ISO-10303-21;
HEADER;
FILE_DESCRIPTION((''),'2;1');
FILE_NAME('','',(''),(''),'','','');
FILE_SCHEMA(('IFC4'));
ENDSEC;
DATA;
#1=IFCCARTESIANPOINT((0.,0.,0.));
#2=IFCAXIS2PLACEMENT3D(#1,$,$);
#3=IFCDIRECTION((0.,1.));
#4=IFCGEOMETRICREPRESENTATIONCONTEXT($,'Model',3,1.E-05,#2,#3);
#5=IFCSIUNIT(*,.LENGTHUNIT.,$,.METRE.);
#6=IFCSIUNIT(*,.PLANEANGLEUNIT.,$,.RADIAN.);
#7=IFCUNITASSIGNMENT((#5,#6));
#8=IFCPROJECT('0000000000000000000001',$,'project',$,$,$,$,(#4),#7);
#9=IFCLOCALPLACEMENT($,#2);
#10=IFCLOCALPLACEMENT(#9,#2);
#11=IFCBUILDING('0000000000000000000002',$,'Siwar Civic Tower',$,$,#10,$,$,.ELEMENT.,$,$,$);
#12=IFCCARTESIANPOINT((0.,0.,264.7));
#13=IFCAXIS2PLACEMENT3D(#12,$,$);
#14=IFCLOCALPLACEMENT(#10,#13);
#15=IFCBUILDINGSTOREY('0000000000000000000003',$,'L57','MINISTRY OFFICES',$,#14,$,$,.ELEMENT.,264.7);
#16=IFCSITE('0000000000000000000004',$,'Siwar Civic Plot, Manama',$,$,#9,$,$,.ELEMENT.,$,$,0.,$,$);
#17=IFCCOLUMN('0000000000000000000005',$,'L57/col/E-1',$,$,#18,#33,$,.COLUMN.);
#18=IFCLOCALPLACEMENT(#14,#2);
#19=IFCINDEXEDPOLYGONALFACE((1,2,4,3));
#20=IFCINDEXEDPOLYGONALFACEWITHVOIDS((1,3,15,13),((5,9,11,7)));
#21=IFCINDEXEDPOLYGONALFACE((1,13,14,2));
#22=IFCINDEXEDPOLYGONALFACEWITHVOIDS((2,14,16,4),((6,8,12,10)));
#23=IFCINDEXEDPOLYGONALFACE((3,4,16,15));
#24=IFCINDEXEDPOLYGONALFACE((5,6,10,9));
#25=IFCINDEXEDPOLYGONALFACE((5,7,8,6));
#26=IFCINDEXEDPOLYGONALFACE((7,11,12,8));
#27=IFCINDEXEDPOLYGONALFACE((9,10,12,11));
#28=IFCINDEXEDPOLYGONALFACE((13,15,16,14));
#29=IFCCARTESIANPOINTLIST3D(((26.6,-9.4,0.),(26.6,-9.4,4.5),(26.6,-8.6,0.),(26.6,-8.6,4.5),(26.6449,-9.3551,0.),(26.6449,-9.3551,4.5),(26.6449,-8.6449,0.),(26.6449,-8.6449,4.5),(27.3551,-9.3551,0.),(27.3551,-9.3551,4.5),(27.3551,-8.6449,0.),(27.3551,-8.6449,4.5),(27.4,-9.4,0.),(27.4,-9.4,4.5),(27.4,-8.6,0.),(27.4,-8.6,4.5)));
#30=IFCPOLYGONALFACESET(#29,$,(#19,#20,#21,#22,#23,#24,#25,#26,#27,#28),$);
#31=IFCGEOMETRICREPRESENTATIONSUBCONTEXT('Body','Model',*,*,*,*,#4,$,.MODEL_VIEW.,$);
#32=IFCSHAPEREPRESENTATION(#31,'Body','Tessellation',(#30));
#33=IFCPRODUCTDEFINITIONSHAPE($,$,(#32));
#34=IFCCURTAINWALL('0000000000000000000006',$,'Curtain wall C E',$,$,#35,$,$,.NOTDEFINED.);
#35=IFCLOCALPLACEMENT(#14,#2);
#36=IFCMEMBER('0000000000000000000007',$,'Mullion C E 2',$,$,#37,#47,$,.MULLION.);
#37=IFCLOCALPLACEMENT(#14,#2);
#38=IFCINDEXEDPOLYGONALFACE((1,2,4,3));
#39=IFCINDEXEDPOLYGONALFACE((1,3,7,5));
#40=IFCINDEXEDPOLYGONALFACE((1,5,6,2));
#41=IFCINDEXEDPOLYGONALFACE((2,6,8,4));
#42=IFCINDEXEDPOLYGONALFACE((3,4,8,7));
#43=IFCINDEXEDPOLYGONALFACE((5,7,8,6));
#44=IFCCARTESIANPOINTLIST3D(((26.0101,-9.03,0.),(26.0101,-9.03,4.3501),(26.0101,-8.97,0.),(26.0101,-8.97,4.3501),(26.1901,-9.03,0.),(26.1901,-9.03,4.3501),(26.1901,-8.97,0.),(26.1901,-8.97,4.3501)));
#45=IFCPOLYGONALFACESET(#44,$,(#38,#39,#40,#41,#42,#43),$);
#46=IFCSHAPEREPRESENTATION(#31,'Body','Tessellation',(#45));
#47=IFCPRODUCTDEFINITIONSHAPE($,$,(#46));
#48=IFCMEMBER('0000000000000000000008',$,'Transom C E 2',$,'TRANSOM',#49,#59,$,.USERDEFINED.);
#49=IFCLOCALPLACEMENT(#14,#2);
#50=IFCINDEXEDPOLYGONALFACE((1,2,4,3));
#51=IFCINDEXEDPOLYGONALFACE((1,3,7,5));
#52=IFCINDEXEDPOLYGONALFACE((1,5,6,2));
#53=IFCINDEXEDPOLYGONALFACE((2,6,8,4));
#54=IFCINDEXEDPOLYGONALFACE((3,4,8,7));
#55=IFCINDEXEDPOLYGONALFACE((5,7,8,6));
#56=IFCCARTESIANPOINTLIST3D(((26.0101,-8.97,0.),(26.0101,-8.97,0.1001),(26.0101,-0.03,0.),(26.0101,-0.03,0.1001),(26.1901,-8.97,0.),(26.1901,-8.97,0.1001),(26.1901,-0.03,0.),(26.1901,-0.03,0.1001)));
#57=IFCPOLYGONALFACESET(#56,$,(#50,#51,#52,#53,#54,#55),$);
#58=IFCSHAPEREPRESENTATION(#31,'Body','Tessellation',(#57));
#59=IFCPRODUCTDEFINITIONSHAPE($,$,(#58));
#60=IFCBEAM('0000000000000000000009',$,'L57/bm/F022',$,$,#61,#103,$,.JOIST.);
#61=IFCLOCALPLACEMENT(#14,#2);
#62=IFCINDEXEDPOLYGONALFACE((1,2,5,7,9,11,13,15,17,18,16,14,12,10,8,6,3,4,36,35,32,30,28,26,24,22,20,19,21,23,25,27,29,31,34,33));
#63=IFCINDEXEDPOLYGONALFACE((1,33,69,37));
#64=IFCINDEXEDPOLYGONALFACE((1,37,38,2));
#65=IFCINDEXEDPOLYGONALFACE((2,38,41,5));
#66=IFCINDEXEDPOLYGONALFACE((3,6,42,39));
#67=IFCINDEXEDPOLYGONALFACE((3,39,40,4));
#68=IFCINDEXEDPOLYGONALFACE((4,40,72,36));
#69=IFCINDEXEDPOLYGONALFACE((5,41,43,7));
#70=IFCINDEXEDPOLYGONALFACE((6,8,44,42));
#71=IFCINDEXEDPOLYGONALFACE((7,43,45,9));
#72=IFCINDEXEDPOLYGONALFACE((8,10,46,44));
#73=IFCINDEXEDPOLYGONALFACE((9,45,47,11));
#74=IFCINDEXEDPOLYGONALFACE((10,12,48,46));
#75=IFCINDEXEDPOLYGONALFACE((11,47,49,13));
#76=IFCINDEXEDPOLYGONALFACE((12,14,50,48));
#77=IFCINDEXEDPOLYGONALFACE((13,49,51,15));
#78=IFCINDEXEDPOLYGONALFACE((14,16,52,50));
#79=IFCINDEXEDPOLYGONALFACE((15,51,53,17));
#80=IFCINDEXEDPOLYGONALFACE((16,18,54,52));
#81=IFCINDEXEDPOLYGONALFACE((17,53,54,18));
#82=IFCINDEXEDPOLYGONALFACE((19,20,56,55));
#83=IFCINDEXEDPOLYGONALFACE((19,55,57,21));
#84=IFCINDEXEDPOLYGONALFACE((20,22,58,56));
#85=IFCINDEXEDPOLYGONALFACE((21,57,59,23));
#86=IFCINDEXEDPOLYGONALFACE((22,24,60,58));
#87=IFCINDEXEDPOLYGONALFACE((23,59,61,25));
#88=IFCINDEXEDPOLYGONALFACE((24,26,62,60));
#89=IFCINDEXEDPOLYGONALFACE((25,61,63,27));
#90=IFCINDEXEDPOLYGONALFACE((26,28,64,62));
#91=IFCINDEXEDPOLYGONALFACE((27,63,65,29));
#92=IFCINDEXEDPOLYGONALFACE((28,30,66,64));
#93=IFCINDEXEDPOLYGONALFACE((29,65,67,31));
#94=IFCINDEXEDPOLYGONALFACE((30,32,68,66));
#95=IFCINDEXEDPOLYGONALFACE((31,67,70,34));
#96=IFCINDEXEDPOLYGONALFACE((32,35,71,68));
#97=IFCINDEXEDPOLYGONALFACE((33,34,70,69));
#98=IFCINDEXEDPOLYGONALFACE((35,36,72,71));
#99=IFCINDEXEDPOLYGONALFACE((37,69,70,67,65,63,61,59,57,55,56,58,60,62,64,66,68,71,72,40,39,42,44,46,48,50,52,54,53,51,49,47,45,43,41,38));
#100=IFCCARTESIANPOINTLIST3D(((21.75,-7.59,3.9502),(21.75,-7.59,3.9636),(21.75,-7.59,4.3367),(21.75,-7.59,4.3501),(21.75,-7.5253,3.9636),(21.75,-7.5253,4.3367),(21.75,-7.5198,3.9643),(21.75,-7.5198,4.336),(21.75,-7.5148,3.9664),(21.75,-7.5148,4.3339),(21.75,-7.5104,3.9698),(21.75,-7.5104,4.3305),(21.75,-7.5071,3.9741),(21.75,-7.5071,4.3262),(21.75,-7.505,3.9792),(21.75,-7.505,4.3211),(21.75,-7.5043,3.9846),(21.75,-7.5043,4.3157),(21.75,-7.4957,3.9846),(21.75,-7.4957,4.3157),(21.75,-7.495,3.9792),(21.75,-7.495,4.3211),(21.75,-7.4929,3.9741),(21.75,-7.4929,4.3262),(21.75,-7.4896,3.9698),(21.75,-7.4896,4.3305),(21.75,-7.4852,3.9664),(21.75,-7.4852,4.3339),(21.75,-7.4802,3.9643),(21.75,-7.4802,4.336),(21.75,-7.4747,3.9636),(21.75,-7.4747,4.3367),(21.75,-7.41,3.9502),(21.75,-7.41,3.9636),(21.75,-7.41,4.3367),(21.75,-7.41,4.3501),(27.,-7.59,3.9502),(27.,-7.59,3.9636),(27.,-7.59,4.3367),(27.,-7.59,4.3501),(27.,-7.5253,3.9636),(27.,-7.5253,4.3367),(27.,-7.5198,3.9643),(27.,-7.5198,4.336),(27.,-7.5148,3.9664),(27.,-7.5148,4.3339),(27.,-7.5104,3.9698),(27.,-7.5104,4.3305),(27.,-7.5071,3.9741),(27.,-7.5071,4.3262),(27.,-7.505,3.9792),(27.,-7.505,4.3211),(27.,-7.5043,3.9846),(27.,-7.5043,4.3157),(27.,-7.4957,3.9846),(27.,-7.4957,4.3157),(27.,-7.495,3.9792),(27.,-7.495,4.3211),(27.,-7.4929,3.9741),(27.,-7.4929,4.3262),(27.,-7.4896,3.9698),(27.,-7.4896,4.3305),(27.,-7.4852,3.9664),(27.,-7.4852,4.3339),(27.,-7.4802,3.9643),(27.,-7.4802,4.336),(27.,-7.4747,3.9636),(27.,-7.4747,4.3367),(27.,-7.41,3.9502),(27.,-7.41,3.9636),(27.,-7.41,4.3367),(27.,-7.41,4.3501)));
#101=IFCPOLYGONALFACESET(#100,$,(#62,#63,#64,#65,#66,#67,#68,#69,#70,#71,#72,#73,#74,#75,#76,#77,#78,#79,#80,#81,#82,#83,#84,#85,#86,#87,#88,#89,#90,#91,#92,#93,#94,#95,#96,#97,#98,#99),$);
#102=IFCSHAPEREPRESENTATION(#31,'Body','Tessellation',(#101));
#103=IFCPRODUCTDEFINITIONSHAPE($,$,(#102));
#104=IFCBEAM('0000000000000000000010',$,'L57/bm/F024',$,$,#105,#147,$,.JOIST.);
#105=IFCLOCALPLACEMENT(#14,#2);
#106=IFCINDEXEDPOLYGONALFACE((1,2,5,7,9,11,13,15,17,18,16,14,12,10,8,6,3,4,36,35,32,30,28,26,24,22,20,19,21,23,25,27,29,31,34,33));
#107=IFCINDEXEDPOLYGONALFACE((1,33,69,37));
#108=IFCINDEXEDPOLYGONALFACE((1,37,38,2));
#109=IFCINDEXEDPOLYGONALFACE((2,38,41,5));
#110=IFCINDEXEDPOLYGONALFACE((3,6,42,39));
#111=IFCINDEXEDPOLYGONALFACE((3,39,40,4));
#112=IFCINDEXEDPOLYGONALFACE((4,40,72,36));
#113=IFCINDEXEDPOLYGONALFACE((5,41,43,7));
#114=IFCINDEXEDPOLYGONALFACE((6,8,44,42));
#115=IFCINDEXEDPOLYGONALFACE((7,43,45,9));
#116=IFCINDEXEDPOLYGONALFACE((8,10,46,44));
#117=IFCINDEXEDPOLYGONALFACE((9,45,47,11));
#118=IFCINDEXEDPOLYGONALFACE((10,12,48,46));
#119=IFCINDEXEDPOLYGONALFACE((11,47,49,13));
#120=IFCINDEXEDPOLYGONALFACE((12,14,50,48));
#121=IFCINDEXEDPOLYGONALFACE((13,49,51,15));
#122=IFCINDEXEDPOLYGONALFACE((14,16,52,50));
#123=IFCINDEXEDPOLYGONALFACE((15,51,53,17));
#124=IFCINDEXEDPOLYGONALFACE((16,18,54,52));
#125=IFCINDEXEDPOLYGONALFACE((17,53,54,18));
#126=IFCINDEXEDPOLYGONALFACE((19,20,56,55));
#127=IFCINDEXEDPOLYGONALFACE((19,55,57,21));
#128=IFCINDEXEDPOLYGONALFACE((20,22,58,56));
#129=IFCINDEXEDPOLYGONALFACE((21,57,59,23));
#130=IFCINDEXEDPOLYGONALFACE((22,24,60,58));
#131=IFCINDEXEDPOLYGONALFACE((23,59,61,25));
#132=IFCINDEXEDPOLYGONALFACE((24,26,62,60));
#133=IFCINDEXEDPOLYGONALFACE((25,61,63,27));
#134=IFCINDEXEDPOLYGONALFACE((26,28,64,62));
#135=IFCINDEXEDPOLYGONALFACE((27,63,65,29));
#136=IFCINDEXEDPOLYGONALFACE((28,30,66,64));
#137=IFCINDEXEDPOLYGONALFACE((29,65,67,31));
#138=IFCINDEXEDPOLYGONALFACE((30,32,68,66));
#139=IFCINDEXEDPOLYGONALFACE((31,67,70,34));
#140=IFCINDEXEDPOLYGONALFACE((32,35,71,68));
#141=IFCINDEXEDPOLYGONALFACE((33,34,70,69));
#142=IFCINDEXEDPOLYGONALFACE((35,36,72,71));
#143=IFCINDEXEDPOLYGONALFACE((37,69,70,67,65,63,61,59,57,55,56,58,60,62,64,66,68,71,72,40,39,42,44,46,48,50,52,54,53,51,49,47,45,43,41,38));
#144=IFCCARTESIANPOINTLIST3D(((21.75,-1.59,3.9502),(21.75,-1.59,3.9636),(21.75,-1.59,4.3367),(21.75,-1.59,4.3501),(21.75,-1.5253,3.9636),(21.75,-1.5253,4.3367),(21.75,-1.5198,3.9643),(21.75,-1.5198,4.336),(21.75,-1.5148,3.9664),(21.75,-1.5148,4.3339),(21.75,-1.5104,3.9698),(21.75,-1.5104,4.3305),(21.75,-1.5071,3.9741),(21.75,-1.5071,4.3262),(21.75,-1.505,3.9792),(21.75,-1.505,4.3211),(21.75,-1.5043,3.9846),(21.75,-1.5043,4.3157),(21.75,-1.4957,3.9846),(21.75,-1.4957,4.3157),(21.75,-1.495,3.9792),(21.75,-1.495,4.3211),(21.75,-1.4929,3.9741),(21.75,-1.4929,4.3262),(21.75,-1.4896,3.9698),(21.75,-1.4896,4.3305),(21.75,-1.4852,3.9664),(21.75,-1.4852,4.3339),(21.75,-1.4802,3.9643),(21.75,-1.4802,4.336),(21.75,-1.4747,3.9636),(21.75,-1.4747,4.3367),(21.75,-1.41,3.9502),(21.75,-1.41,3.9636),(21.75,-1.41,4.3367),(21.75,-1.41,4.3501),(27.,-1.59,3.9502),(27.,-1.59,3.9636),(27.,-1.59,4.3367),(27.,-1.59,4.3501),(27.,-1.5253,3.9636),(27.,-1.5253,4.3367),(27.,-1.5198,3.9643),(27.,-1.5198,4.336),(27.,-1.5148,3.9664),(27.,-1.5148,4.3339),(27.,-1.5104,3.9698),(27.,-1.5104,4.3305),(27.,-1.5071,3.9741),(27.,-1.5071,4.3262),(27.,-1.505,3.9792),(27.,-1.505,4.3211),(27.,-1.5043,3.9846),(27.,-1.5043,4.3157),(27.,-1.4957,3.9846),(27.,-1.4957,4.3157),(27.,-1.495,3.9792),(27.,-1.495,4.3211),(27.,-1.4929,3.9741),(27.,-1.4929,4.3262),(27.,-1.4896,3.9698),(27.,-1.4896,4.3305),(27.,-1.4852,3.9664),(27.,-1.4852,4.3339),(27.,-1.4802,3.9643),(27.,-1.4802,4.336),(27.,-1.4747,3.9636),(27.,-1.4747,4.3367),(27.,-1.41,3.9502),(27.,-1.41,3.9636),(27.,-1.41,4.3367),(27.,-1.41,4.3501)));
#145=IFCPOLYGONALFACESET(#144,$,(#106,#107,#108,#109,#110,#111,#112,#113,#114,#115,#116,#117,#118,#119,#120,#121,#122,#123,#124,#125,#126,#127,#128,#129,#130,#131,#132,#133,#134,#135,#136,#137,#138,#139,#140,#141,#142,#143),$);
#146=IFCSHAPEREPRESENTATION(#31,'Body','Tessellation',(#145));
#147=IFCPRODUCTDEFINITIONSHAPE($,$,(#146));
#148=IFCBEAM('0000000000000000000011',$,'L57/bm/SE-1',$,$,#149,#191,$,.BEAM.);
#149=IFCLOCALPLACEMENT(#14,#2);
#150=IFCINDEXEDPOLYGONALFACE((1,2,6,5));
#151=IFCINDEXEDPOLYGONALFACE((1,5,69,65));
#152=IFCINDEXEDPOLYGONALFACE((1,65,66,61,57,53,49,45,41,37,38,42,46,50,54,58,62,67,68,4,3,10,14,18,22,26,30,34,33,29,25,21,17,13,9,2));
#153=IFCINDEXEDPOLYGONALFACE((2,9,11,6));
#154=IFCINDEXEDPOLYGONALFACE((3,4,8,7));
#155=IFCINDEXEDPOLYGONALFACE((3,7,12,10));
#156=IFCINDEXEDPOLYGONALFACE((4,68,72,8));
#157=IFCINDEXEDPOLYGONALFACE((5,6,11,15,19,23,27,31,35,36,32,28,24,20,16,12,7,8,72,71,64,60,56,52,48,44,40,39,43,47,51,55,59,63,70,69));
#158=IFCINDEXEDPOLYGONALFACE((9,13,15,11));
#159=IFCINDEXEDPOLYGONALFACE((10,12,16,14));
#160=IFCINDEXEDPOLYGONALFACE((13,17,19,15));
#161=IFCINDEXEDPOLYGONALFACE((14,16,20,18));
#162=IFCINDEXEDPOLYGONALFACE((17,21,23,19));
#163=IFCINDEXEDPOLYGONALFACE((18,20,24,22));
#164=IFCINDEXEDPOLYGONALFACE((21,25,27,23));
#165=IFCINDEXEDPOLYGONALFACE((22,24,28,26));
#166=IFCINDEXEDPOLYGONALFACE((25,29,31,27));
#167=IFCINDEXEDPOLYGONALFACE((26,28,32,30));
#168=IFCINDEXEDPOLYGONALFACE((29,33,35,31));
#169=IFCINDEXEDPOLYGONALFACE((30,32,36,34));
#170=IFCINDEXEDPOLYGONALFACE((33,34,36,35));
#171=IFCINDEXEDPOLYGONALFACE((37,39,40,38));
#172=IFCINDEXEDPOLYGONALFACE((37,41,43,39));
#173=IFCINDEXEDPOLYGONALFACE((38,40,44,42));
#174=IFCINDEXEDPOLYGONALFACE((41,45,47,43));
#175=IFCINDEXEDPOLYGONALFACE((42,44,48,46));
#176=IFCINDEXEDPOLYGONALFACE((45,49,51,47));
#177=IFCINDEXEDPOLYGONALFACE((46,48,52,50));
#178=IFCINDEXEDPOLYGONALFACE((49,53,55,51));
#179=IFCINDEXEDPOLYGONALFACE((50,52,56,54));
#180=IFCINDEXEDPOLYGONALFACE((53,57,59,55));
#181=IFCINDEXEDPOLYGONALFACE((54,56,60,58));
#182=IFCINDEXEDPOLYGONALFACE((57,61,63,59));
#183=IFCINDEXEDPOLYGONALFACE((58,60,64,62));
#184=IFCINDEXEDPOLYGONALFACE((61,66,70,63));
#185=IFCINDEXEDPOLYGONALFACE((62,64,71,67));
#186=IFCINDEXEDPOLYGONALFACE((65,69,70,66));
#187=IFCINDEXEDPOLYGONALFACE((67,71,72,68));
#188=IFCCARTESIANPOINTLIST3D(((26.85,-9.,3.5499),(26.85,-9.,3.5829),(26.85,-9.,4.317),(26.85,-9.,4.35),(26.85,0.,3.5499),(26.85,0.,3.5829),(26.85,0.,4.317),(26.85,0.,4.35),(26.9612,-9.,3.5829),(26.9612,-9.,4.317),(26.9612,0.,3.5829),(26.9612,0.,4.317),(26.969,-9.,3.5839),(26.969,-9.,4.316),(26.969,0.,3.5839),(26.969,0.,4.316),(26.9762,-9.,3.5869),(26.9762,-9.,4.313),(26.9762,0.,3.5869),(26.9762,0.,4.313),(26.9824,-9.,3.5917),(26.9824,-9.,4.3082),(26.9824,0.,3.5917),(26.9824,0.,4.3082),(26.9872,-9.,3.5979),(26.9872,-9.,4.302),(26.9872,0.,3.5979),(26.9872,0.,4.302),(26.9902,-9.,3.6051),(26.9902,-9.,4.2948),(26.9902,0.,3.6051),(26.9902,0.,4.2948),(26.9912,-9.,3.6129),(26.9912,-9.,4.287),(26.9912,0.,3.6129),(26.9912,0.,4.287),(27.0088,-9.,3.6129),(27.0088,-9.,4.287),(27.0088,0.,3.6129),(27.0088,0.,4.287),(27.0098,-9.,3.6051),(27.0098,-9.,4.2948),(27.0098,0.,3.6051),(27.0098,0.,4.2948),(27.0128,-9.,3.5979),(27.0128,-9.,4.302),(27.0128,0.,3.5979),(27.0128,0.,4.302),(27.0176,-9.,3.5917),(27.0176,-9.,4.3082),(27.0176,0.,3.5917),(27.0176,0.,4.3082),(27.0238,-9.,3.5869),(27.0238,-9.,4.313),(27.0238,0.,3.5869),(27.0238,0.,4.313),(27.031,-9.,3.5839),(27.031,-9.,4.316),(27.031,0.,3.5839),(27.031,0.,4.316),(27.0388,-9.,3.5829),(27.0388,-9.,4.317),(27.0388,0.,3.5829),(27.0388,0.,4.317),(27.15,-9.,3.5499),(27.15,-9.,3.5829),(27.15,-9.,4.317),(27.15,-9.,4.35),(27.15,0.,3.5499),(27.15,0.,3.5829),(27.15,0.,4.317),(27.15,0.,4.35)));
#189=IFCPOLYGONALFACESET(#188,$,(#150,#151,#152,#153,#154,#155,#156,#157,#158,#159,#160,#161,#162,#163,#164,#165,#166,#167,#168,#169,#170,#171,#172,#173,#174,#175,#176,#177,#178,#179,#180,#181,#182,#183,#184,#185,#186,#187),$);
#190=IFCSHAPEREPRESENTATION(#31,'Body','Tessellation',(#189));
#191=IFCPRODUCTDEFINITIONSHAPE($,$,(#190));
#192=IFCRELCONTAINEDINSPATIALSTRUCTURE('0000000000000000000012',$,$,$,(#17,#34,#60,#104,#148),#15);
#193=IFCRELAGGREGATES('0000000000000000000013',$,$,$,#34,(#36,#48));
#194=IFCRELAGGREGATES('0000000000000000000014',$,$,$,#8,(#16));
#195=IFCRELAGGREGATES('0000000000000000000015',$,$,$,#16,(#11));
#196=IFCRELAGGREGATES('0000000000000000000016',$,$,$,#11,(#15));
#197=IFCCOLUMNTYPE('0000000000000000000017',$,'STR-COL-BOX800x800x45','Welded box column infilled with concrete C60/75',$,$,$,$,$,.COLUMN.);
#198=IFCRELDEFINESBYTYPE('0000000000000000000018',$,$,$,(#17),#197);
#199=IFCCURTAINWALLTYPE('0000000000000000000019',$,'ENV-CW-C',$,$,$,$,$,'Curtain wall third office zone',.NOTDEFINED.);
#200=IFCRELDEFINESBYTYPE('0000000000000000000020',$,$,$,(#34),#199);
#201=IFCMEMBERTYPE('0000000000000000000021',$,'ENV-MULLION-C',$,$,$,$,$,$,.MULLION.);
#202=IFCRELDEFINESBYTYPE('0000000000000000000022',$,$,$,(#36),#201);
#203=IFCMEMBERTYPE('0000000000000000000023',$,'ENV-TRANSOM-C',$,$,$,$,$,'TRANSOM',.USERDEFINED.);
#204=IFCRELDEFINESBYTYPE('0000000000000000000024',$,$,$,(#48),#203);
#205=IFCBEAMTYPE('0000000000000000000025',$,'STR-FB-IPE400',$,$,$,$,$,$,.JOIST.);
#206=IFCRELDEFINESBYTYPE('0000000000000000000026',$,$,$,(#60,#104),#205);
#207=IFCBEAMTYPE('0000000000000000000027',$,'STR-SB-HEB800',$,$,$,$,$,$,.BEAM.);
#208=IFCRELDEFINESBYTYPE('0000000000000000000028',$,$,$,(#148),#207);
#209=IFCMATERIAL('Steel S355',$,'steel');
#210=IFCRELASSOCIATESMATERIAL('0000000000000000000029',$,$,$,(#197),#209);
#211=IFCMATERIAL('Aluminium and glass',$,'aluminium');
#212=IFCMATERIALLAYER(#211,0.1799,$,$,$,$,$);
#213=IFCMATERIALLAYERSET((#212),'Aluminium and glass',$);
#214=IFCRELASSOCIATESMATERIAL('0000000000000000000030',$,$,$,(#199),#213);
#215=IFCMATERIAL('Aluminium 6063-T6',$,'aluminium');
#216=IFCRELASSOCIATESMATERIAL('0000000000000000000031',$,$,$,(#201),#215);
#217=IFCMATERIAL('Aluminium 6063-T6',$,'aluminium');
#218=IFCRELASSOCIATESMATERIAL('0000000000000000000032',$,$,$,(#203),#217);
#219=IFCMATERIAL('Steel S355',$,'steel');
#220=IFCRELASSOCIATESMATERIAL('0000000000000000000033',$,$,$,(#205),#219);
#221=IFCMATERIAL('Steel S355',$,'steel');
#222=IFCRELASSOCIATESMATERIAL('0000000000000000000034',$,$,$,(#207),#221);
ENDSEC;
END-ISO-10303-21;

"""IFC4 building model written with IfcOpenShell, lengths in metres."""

from ifc_helpers import new_model, si_unit, direction, frame, origin, origin_2d, place, context, subcontext, project, spatial, rectangle, hollow_rectangle, i_section, extrude, material, layer, layer_set, material_profile, profile_set, type_object, element, aggregate, save


model = new_model("IFC4")

# Units and contexts
model_context = context("Model", 3, precision=1e-05, world=origin(), true_north=direction((0.0, 1.0)))
body_context = subcontext(model_context, "Body", "Model", "MODEL_VIEW")
ifc_project = project(units=[si_unit("LENGTHUNIT", "METRE"), si_unit("PLANEANGLEUNIT", "RADIAN")], contexts=[model_context])

# Site, building, storey
site_placement = place(None, origin())
site = spatial("IfcSite", under=ifc_project, at=site_placement, Name="Siwar Civic Plot, Manama", CompositionType="ELEMENT", RefElevation=0.0)
building_placement = place(site_placement, origin())
building = spatial("IfcBuilding", under=site, at=building_placement, Name="Siwar Civic Tower", CompositionType="ELEMENT")
storey_placement = place(building_placement, frame((0.0, 0.0, 264.7)))
storey = spatial("IfcBuildingStorey", under=building, at=storey_placement, Name="L57", Description="MINISTRY OFFICES", CompositionType="ELEMENT", Elevation=264.7)

# Column
ifc_material_1 = material(Name="Steel S355", Category="steel")
ifc_material_profile_1 = material_profile(ifc_material_1, hollow_rectangle(XDim=0.8, YDim=0.8, WallThickness=0.0449, at=origin_2d()), Name="BOX800x800x45")
ifc_profile_set_1 = profile_set([ifc_material_profile_1], Name="Steel S355")
column_type = type_object("IfcColumnType", Name="STR-COL-BOX800x800x45", Description="Welded box column infilled with concrete C60/75", PredefinedType="COLUMN", material=ifc_profile_set_1)
column_placement = place(storey_placement, frame((27.0, -9.0, 0.0), z_axis=(0.0, 0.0, 1.0), x_axis=(1.0, 0.0, 0.0)))
element("IfcColumn", 1, at=column_placement, inside=storey, type_object=column_type, Name="L57/col/E-1", PredefinedType="COLUMN", context=body_context, shape_type="SweptSolid", body=[
    extrude(hollow_rectangle(XDim=0.8, YDim=0.8, WallThickness=0.0449, at=origin_2d()), origin(), (0.0, 0.0, 1.0), 4.5),
])

# Curtain wall, members
ifc_material_2 = material(Name="Aluminium and glass", Category="aluminium")
ifc_layer_1 = layer(ifc_material_2, 0.1799)
ifc_layer_set_1 = layer_set([ifc_layer_1], Name="Aluminium and glass")
curtain_wall_type = type_object("IfcCurtainWallType", Name="ENV-CW-C", ElementType="Curtain wall third office zone", PredefinedType="NOTDEFINED", material=ifc_layer_set_1)
curtain_wall_placement = place(storey_placement, origin())
curtain_wall = element("IfcCurtainWall", 2, at=curtain_wall_placement, inside=storey, type_object=curtain_wall_type, Name="Curtain wall C E", PredefinedType="NOTDEFINED")
ifc_material_3 = material(Name="Aluminium 6063-T6", Category="aluminium")
ifc_material_profile_2 = material_profile(ifc_material_3, rectangle(XDim=0.1799, YDim=0.0601, at=origin_2d()), Name="AL 180x60")
ifc_profile_set_2 = profile_set([ifc_material_profile_2], Name="Aluminium 6063-T6")
member_type_1 = type_object("IfcMemberType", Name="ENV-MULLION-C", PredefinedType="MULLION", material=ifc_profile_set_2)
member_1_placement = place(storey_placement, frame((26.1001, -9.0, 0.0), z_axis=(0.0, 0.0, 1.0), x_axis=(-1.0, 0.0, 0.0)))
member_1 = element("IfcMember", 3, at=member_1_placement, type_object=member_type_1, Name="Mullion C E 2", PredefinedType="MULLION", context=body_context, shape_type="SweptSolid", body=[
    extrude(rectangle(XDim=0.1799, YDim=0.0601, at=origin_2d()), origin(), (0.0, 0.0, 1.0), 4.3501),
])
ifc_material_4 = material(Name="Aluminium 6063-T6", Category="aluminium")
ifc_material_profile_3 = material_profile(ifc_material_4, rectangle(XDim=0.1799, YDim=0.1001, at=origin_2d()), Name="AL 180x100")
ifc_profile_set_3 = profile_set([ifc_material_profile_3], Name="Aluminium 6063-T6")
member_type_2 = type_object("IfcMemberType", Name="ENV-TRANSOM-C", ElementType="TRANSOM", PredefinedType="USERDEFINED", material=ifc_profile_set_3)
member_2_placement = place(storey_placement, frame((26.1001, -8.97, 0.05), z_axis=(0.0, 1.0, 0.0), x_axis=(-1.0, 0.0, 0.0)))
member_2 = element("IfcMember", 4, at=member_2_placement, type_object=member_type_2, Name="Transom C E 2", ObjectType="TRANSOM", PredefinedType="USERDEFINED", context=body_context, shape_type="SweptSolid", body=[
    extrude(rectangle(XDim=0.1799, YDim=0.1001, at=origin_2d()), origin(), (0.0, 0.0, 1.0), 8.9399),
])

# Beams
ifc_material_5 = material(Name="Steel S355", Category="steel")
ifc_material_profile_4 = material_profile(ifc_material_5, i_section(OverallWidth=0.1799, OverallDepth=0.3999, WebThickness=0.0085, FlangeThickness=0.0134, FilletRadius=0.021, at=origin_2d()), Name="IPE400")
ifc_profile_set_4 = profile_set([ifc_material_profile_4], Name="Steel S355")
beam_type_1 = type_object("IfcBeamType", Name="STR-FB-IPE400", PredefinedType="JOIST", material=ifc_profile_set_4)
for number, where, z_axis, x_axis, name in (
    (5, (21.75, -7.5, 4.1501), (1.0, 0.0, 0.0), (0.0, 1.0, 0.0), "L57/bm/F022"),
    (6, (21.75, -1.5, 4.1501), (1.0, 0.0, 0.0), (0.0, 1.0, 0.0), "L57/bm/F024"),
):
    element("IfcBeam", number, at=place(storey_placement, frame(where, z_axis=z_axis, x_axis=x_axis)), inside=storey, type_object=beam_type_1, Name=name, PredefinedType="JOIST", context=body_context, shape_type="SweptSolid", body=[
        extrude(i_section(OverallWidth=0.1799, OverallDepth=0.3999, WebThickness=0.0085, FlangeThickness=0.0134, FilletRadius=0.021, at=origin_2d()), origin(), (0.0, 0.0, 1.0), 5.25),
    ])
ifc_material_6 = material(Name="Steel S355", Category="steel")
ifc_material_profile_5 = material_profile(ifc_material_6, i_section(OverallWidth=0.3, OverallDepth=0.8, WebThickness=0.0176, FlangeThickness=0.033, FilletRadius=0.03, at=origin_2d()), Name="HEB800")
ifc_profile_set_5 = profile_set([ifc_material_profile_5], Name="Steel S355")
beam_type_2 = type_object("IfcBeamType", Name="STR-SB-HEB800", PredefinedType="BEAM", material=ifc_profile_set_5)
beam_placement = place(storey_placement, frame((27.0, -9.0, 3.95), z_axis=(0.0, 1.0, 0.0), x_axis=(-1.0, 0.0, 0.0)))
element("IfcBeam", 7, at=beam_placement, inside=storey, type_object=beam_type_2, Name="L57/bm/SE-1", PredefinedType="BEAM", context=body_context, shape_type="SweptSolid", body=[
    extrude(i_section(OverallWidth=0.3, OverallDepth=0.8, WebThickness=0.0176, FlangeThickness=0.033, FilletRadius=0.03, at=origin_2d()), origin(), (0.0, 0.0, 1.0), 9.0),
])

aggregate(curtain_wall, [member_1, member_2])

save(model, "model.ifc")
